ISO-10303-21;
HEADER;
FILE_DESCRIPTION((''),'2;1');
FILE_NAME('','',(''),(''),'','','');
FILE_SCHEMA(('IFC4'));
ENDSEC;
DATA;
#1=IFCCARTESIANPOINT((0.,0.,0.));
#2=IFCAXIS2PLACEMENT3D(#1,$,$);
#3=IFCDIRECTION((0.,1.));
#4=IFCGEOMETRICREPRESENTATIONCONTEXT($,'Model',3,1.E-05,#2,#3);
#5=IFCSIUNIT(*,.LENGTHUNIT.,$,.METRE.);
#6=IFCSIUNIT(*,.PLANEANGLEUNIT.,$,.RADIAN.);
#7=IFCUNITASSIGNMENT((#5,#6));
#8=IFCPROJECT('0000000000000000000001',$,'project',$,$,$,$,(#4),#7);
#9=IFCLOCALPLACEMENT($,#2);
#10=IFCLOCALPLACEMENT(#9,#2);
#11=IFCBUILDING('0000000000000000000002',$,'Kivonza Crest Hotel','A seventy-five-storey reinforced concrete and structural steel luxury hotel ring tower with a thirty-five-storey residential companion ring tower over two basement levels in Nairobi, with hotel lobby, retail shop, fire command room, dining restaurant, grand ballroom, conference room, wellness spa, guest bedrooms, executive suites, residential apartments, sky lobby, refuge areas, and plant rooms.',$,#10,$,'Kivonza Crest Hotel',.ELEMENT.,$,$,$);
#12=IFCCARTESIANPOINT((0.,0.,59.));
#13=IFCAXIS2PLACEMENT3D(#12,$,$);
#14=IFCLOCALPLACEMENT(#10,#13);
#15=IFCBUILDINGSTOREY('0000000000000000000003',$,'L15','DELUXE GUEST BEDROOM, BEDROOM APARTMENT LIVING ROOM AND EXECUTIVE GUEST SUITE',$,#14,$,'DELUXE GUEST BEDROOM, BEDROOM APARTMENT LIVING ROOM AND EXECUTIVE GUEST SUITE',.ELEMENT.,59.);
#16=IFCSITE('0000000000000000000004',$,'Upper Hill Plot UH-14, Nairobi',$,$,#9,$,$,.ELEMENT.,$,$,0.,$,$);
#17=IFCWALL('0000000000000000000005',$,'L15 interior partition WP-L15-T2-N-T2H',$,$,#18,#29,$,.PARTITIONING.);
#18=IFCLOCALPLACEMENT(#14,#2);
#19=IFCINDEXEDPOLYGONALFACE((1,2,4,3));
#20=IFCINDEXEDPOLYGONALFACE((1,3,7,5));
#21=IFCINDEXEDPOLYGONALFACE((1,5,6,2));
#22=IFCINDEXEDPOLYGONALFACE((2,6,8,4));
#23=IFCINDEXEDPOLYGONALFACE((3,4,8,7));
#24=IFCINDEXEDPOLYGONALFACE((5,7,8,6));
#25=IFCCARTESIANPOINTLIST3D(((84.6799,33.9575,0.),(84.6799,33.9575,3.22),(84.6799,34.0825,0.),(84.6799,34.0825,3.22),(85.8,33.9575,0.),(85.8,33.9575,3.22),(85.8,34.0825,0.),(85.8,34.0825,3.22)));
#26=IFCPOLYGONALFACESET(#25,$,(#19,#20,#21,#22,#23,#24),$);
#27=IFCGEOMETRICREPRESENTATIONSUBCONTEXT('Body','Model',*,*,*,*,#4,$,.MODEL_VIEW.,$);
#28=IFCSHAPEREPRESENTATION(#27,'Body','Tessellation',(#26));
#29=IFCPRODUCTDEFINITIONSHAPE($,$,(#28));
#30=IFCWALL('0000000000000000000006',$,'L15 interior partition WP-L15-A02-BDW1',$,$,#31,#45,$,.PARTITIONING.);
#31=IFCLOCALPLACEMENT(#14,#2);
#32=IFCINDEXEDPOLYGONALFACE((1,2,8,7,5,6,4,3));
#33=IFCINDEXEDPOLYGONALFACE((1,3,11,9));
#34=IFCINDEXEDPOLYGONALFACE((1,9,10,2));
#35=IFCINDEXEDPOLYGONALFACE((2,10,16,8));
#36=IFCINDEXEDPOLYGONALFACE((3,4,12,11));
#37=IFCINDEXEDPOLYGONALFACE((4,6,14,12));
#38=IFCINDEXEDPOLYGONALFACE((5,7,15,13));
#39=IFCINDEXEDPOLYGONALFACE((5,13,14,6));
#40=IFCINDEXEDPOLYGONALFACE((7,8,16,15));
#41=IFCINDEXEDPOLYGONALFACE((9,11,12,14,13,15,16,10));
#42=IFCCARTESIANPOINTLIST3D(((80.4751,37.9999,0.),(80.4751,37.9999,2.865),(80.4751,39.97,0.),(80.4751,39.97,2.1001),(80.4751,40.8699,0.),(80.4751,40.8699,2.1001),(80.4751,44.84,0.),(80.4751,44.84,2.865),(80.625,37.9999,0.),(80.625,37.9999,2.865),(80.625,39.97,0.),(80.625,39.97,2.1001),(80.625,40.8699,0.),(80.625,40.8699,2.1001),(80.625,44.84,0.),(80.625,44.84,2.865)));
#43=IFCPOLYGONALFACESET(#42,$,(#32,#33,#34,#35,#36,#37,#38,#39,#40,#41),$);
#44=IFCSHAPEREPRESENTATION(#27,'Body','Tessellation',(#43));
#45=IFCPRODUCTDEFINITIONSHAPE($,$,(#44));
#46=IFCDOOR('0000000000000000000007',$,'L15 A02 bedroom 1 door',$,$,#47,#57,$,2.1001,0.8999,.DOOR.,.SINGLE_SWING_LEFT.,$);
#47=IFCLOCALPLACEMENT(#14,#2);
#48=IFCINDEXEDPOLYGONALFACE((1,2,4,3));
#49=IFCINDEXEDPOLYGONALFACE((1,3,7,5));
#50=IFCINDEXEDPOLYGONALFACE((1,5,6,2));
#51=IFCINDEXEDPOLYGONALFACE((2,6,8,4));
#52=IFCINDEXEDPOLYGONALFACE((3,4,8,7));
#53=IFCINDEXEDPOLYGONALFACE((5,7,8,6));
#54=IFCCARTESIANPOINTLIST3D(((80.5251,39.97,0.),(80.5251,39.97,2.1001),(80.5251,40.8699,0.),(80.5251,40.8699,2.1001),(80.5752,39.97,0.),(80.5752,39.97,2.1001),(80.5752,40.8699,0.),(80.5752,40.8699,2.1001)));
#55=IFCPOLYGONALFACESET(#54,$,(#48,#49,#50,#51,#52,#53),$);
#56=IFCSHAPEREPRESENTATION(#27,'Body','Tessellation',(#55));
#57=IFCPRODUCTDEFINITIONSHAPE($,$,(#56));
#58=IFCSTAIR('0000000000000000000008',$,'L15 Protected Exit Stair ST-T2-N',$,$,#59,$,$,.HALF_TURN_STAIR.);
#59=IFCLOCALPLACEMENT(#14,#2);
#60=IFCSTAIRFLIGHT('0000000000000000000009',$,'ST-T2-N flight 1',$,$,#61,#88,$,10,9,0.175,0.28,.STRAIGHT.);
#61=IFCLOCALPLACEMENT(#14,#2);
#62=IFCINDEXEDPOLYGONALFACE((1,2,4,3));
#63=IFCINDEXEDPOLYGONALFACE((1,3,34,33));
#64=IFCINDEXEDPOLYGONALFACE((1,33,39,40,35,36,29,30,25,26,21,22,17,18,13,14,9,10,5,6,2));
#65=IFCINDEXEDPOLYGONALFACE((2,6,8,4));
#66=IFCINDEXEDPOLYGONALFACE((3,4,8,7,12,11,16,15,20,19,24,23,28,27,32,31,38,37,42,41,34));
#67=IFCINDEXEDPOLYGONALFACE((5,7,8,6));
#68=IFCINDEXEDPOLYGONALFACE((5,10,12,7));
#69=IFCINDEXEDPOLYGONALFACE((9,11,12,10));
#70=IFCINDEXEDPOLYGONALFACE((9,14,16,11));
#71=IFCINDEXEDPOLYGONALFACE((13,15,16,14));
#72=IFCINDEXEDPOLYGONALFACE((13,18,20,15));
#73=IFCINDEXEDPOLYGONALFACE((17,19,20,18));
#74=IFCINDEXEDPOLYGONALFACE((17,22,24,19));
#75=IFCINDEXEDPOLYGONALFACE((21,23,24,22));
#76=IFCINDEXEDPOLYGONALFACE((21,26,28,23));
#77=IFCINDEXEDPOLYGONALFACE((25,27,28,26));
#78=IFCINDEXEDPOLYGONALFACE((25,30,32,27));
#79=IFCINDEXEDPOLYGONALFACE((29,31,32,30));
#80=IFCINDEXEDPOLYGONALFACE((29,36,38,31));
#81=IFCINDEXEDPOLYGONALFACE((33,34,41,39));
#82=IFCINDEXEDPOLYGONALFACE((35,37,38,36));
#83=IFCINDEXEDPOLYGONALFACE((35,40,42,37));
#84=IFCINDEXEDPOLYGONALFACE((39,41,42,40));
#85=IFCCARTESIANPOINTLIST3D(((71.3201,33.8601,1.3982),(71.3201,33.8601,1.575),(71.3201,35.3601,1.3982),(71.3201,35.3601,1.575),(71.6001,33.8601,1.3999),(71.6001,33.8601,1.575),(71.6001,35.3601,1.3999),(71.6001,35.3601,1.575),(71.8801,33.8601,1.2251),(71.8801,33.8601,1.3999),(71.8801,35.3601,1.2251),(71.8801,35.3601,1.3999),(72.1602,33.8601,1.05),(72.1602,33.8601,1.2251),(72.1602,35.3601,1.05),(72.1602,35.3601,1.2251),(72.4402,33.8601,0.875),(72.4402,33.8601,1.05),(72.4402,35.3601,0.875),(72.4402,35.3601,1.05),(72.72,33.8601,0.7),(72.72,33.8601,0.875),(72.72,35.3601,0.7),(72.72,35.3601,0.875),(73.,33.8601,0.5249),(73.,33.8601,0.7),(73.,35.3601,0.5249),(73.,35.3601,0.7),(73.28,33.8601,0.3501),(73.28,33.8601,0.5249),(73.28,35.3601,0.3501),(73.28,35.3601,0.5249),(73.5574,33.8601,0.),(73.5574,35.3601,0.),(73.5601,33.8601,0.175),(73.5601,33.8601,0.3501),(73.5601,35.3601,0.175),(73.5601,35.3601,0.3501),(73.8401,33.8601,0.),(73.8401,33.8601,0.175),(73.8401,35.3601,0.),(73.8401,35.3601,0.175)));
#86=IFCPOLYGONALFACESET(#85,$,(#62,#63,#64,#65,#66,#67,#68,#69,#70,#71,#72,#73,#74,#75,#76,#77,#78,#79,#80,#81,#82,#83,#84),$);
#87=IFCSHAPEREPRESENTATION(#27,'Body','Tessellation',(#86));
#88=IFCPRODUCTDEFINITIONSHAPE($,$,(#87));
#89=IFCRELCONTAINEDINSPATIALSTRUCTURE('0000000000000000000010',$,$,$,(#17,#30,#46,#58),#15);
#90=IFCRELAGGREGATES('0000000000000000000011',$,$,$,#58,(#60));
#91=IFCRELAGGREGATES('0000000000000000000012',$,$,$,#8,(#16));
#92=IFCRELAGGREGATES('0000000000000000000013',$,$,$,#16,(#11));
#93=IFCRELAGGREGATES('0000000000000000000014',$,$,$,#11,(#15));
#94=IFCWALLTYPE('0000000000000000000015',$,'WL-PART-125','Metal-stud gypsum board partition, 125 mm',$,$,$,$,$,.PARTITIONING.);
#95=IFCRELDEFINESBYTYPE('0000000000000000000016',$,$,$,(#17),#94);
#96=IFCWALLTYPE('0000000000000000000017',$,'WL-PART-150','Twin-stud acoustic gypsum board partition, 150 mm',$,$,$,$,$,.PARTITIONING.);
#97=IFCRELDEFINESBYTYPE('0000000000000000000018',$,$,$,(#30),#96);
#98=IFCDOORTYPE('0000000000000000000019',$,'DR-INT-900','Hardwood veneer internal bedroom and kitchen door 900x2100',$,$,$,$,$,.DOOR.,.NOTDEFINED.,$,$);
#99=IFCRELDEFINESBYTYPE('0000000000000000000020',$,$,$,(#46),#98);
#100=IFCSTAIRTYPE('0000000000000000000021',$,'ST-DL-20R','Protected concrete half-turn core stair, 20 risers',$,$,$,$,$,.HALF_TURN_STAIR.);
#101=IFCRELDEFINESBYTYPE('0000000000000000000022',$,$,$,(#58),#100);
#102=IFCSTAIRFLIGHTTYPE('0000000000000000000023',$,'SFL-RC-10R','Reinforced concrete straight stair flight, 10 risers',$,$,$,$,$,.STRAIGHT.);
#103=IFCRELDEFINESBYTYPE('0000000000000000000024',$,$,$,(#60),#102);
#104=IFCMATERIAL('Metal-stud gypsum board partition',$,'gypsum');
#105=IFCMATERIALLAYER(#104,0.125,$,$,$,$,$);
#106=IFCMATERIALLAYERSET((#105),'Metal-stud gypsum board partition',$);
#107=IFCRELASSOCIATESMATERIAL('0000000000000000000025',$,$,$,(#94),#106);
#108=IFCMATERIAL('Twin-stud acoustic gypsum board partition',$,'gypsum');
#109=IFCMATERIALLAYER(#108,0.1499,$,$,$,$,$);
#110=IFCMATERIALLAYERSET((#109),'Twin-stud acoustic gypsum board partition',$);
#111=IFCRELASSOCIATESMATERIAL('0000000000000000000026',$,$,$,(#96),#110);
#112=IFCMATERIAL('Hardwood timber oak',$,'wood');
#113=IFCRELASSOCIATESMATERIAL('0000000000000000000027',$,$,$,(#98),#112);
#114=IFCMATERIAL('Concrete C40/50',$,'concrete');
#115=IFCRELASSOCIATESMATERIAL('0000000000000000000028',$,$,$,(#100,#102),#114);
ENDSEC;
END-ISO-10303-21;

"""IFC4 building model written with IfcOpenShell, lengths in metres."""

from ifc_helpers import new_model, si_unit, direction, frame, frame_2d, origin, place, context, subcontext, project, spatial, polyline, rectangle, outline, extrude, material, layer, layer_set, type_object, element, fill, aggregate, save


model = new_model("IFC4")

# Units and contexts
model_context = context("Model", 3, precision=1e-05, world=origin(), true_north=direction((0.0, 1.0)))
body_context = subcontext(model_context, "Body", "Model", "MODEL_VIEW")
ifc_project = project(units=[si_unit("LENGTHUNIT", "METRE"), si_unit("PLANEANGLEUNIT", "RADIAN")], contexts=[model_context])

# Site, building, storey
site_placement = place(None, origin())
site = spatial("IfcSite", under=ifc_project, at=site_placement, Name="Upper Hill Plot UH-14, Nairobi", CompositionType="ELEMENT", RefElevation=0.0)
building_placement = place(site_placement, origin())
building = spatial("IfcBuilding", under=site, at=building_placement, Name="Kivonza Crest Hotel", Description="A seventy-five-storey reinforced concrete and structural steel luxury hotel ring tower with a thirty-five-storey residential companion ring tower over two basement levels in Nairobi, with hotel lobby, retail shop, fire command room, dining restaurant, grand ballroom, conference room, wellness spa, guest bedrooms, executive suites, residential apartments, sky lobby, refuge areas, and plant rooms.", LongName="Kivonza Crest Hotel", CompositionType="ELEMENT")
storey_placement = place(building_placement, frame((0.0, 0.0, 59.0)))
storey = spatial("IfcBuildingStorey", under=building, at=storey_placement, Name="L15", Description="DELUXE GUEST BEDROOM, BEDROOM APARTMENT LIVING ROOM AND EXECUTIVE GUEST SUITE", LongName="DELUXE GUEST BEDROOM, BEDROOM APARTMENT LIVING ROOM AND EXECUTIVE GUEST SUITE", CompositionType="ELEMENT", Elevation=59.0)

# Shared definitions
ifc_material_1 = material(Name="Hardwood timber oak", Category="wood")

# Wall
ifc_material_2 = material(Name="Metal-stud gypsum board partition", Category="gypsum")
ifc_layer_1 = layer(ifc_material_2, 0.125)
ifc_layer_set_1 = layer_set([ifc_layer_1], Name="Metal-stud gypsum board partition")
wall_type_1 = type_object("IfcWallType", Name="WL-PART-125", Description="Metal-stud gypsum board partition, 125 mm", PredefinedType="PARTITIONING", material=ifc_layer_set_1)
wall_1_placement = place(storey_placement, frame((84.6799, 34.02, 0.0), z_axis=(0.0, 0.0, 1.0), x_axis=(1.0, 0.0, 0.0)))
element("IfcWall", 1, at=wall_1_placement, inside=storey, type_object=wall_type_1, Name="L15 interior partition WP-L15-T2-N-T2H", PredefinedType="PARTITIONING", context=body_context, shape_type="SweptSolid", body=[
    extrude(rectangle(XDim=1.1201, YDim=0.125, at=frame_2d((0.5601, 0.0))), origin(), (0.0, 0.0, 1.0), 3.22),
])

# Wall, opening, door
ifc_material_3 = material(Name="Twin-stud acoustic gypsum board partition", Category="gypsum")
ifc_layer_2 = layer(ifc_material_3, 0.1499)
ifc_layer_set_2 = layer_set([ifc_layer_2], Name="Twin-stud acoustic gypsum board partition")
wall_type_2 = type_object("IfcWallType", Name="WL-PART-150", Description="Twin-stud acoustic gypsum board partition, 150 mm", PredefinedType="PARTITIONING", material=ifc_layer_set_2)
wall_2_placement = place(storey_placement, frame((80.55, 38.0, 0.0), z_axis=(0.0, 0.0, 1.0), x_axis=(0.0, 1.0, 0.0)))
wall_2 = element("IfcWall", 2, at=wall_2_placement, inside=storey, type_object=wall_type_2, Name="L15 interior partition WP-L15-A02-BDW1", PredefinedType="PARTITIONING", context=body_context, shape_type="SweptSolid", body=[
    extrude(rectangle(XDim=6.8401, YDim=0.1499, at=frame_2d((3.4199, 0.0))), origin(), (0.0, 0.0, 1.0), 2.865),
])
opening_1_placement = place(wall_2_placement, frame((1.97, 0.0, 0.0)))
opening_1 = element("IfcOpeningElement", 3, at=opening_1_placement, cuts=wall_2, PredefinedType="OPENING", context=body_context, shape_type="SweptSolid", body=[
    extrude(rectangle(XDim=0.8999, YDim=2.1001, at=frame_2d((0.45, 1.05))), frame((0.0, 0.085, 0.0), z_axis=(0.0, -1.0, 0.0), x_axis=(1.0, 0.0, 0.0)), (0.0, 0.0, 1.0), 0.1699),
])
door_type_1 = type_object("IfcDoorType", Name="DR-INT-900", Description="Hardwood veneer internal bedroom and kitchen door 900x2100", OperationType="NOTDEFINED", PredefinedType="DOOR", material=ifc_material_1)
door_1_placement = place(opening_1_placement, origin())
door_1 = element("IfcDoor", 4, at=door_1_placement, inside=storey, type_object=door_type_1, Name="L15 A02 bedroom 1 door", OperationType="SINGLE_SWING_LEFT", OverallHeight=2.1001, OverallWidth=0.8999, PredefinedType="DOOR", context=body_context, shape_type="SweptSolid", body=[
    extrude(rectangle(XDim=0.8999, YDim=2.1001, at=frame_2d((0.45, 1.05))), frame((0.0, 0.0249, 0.0), z_axis=(0.0, -1.0, 0.0), x_axis=(1.0, 0.0, 0.0)), (0.0, 0.0, 1.0), 0.05),
])
fill(opening_1, door_1)

# Stair, stair flight
ifc_material_4 = material(Name="Concrete C40/50", Category="concrete")
stair_type = type_object("IfcStairType", Name="ST-DL-20R", Description="Protected concrete half-turn core stair, 20 risers", PredefinedType="HALF_TURN_STAIR", material=ifc_material_4)
stair_placement = place(storey_placement, origin())
stair = element("IfcStair", 5, at=stair_placement, inside=storey, type_object=stair_type, Name="L15 Protected Exit Stair ST-T2-N", PredefinedType="HALF_TURN_STAIR")
stair_flight_type = type_object("IfcStairFlightType", Name="SFL-RC-10R", Description="Reinforced concrete straight stair flight, 10 risers", PredefinedType="STRAIGHT", material=ifc_material_4)
stair_flight_placement = place(storey_placement, frame((73.8401, 34.6101, 0.0), z_axis=(0.0, 0.0, 1.0), x_axis=(-1.0, 0.0, 0.0)))
stair_flight = element("IfcStairFlight", 6, at=stair_flight_placement, type_object=stair_flight_type, Name="ST-T2-N flight 1", NumberOfRisers=10, NumberOfTreads=9, PredefinedType="STRAIGHT", RiserHeight=0.175, TreadLength=0.28, context=body_context, shape_type="SweptSolid", body=[
    extrude(outline(polyline([(0.0, 0.0), (0.0, 0.175), (0.28, 0.175), (0.28, 0.3501), (0.5601, 0.3501), (0.5601, 0.5249), (0.8401, 0.5249), (0.8401, 0.7), (1.1201, 0.7), (1.1201, 0.875), (1.3999, 0.875), (1.3999, 1.05), (1.6799, 1.05), (1.6799, 1.2251), (1.96, 1.2251), (1.96, 1.3999), (2.24, 1.3999), (2.24, 1.575), (2.52, 1.575), (2.52, 1.75), (2.52, 1.3982), (0.2827, 0.0), (0.0, 0.0)])), frame((0.0, 0.75, 0.0), z_axis=(0.0, -1.0, 0.0), x_axis=(1.0, 0.0, 0.0)), (0.0, 0.0, 1.0), 1.5),
])
aggregate(stair, [stair_flight])

save(model, "model.ifc")
